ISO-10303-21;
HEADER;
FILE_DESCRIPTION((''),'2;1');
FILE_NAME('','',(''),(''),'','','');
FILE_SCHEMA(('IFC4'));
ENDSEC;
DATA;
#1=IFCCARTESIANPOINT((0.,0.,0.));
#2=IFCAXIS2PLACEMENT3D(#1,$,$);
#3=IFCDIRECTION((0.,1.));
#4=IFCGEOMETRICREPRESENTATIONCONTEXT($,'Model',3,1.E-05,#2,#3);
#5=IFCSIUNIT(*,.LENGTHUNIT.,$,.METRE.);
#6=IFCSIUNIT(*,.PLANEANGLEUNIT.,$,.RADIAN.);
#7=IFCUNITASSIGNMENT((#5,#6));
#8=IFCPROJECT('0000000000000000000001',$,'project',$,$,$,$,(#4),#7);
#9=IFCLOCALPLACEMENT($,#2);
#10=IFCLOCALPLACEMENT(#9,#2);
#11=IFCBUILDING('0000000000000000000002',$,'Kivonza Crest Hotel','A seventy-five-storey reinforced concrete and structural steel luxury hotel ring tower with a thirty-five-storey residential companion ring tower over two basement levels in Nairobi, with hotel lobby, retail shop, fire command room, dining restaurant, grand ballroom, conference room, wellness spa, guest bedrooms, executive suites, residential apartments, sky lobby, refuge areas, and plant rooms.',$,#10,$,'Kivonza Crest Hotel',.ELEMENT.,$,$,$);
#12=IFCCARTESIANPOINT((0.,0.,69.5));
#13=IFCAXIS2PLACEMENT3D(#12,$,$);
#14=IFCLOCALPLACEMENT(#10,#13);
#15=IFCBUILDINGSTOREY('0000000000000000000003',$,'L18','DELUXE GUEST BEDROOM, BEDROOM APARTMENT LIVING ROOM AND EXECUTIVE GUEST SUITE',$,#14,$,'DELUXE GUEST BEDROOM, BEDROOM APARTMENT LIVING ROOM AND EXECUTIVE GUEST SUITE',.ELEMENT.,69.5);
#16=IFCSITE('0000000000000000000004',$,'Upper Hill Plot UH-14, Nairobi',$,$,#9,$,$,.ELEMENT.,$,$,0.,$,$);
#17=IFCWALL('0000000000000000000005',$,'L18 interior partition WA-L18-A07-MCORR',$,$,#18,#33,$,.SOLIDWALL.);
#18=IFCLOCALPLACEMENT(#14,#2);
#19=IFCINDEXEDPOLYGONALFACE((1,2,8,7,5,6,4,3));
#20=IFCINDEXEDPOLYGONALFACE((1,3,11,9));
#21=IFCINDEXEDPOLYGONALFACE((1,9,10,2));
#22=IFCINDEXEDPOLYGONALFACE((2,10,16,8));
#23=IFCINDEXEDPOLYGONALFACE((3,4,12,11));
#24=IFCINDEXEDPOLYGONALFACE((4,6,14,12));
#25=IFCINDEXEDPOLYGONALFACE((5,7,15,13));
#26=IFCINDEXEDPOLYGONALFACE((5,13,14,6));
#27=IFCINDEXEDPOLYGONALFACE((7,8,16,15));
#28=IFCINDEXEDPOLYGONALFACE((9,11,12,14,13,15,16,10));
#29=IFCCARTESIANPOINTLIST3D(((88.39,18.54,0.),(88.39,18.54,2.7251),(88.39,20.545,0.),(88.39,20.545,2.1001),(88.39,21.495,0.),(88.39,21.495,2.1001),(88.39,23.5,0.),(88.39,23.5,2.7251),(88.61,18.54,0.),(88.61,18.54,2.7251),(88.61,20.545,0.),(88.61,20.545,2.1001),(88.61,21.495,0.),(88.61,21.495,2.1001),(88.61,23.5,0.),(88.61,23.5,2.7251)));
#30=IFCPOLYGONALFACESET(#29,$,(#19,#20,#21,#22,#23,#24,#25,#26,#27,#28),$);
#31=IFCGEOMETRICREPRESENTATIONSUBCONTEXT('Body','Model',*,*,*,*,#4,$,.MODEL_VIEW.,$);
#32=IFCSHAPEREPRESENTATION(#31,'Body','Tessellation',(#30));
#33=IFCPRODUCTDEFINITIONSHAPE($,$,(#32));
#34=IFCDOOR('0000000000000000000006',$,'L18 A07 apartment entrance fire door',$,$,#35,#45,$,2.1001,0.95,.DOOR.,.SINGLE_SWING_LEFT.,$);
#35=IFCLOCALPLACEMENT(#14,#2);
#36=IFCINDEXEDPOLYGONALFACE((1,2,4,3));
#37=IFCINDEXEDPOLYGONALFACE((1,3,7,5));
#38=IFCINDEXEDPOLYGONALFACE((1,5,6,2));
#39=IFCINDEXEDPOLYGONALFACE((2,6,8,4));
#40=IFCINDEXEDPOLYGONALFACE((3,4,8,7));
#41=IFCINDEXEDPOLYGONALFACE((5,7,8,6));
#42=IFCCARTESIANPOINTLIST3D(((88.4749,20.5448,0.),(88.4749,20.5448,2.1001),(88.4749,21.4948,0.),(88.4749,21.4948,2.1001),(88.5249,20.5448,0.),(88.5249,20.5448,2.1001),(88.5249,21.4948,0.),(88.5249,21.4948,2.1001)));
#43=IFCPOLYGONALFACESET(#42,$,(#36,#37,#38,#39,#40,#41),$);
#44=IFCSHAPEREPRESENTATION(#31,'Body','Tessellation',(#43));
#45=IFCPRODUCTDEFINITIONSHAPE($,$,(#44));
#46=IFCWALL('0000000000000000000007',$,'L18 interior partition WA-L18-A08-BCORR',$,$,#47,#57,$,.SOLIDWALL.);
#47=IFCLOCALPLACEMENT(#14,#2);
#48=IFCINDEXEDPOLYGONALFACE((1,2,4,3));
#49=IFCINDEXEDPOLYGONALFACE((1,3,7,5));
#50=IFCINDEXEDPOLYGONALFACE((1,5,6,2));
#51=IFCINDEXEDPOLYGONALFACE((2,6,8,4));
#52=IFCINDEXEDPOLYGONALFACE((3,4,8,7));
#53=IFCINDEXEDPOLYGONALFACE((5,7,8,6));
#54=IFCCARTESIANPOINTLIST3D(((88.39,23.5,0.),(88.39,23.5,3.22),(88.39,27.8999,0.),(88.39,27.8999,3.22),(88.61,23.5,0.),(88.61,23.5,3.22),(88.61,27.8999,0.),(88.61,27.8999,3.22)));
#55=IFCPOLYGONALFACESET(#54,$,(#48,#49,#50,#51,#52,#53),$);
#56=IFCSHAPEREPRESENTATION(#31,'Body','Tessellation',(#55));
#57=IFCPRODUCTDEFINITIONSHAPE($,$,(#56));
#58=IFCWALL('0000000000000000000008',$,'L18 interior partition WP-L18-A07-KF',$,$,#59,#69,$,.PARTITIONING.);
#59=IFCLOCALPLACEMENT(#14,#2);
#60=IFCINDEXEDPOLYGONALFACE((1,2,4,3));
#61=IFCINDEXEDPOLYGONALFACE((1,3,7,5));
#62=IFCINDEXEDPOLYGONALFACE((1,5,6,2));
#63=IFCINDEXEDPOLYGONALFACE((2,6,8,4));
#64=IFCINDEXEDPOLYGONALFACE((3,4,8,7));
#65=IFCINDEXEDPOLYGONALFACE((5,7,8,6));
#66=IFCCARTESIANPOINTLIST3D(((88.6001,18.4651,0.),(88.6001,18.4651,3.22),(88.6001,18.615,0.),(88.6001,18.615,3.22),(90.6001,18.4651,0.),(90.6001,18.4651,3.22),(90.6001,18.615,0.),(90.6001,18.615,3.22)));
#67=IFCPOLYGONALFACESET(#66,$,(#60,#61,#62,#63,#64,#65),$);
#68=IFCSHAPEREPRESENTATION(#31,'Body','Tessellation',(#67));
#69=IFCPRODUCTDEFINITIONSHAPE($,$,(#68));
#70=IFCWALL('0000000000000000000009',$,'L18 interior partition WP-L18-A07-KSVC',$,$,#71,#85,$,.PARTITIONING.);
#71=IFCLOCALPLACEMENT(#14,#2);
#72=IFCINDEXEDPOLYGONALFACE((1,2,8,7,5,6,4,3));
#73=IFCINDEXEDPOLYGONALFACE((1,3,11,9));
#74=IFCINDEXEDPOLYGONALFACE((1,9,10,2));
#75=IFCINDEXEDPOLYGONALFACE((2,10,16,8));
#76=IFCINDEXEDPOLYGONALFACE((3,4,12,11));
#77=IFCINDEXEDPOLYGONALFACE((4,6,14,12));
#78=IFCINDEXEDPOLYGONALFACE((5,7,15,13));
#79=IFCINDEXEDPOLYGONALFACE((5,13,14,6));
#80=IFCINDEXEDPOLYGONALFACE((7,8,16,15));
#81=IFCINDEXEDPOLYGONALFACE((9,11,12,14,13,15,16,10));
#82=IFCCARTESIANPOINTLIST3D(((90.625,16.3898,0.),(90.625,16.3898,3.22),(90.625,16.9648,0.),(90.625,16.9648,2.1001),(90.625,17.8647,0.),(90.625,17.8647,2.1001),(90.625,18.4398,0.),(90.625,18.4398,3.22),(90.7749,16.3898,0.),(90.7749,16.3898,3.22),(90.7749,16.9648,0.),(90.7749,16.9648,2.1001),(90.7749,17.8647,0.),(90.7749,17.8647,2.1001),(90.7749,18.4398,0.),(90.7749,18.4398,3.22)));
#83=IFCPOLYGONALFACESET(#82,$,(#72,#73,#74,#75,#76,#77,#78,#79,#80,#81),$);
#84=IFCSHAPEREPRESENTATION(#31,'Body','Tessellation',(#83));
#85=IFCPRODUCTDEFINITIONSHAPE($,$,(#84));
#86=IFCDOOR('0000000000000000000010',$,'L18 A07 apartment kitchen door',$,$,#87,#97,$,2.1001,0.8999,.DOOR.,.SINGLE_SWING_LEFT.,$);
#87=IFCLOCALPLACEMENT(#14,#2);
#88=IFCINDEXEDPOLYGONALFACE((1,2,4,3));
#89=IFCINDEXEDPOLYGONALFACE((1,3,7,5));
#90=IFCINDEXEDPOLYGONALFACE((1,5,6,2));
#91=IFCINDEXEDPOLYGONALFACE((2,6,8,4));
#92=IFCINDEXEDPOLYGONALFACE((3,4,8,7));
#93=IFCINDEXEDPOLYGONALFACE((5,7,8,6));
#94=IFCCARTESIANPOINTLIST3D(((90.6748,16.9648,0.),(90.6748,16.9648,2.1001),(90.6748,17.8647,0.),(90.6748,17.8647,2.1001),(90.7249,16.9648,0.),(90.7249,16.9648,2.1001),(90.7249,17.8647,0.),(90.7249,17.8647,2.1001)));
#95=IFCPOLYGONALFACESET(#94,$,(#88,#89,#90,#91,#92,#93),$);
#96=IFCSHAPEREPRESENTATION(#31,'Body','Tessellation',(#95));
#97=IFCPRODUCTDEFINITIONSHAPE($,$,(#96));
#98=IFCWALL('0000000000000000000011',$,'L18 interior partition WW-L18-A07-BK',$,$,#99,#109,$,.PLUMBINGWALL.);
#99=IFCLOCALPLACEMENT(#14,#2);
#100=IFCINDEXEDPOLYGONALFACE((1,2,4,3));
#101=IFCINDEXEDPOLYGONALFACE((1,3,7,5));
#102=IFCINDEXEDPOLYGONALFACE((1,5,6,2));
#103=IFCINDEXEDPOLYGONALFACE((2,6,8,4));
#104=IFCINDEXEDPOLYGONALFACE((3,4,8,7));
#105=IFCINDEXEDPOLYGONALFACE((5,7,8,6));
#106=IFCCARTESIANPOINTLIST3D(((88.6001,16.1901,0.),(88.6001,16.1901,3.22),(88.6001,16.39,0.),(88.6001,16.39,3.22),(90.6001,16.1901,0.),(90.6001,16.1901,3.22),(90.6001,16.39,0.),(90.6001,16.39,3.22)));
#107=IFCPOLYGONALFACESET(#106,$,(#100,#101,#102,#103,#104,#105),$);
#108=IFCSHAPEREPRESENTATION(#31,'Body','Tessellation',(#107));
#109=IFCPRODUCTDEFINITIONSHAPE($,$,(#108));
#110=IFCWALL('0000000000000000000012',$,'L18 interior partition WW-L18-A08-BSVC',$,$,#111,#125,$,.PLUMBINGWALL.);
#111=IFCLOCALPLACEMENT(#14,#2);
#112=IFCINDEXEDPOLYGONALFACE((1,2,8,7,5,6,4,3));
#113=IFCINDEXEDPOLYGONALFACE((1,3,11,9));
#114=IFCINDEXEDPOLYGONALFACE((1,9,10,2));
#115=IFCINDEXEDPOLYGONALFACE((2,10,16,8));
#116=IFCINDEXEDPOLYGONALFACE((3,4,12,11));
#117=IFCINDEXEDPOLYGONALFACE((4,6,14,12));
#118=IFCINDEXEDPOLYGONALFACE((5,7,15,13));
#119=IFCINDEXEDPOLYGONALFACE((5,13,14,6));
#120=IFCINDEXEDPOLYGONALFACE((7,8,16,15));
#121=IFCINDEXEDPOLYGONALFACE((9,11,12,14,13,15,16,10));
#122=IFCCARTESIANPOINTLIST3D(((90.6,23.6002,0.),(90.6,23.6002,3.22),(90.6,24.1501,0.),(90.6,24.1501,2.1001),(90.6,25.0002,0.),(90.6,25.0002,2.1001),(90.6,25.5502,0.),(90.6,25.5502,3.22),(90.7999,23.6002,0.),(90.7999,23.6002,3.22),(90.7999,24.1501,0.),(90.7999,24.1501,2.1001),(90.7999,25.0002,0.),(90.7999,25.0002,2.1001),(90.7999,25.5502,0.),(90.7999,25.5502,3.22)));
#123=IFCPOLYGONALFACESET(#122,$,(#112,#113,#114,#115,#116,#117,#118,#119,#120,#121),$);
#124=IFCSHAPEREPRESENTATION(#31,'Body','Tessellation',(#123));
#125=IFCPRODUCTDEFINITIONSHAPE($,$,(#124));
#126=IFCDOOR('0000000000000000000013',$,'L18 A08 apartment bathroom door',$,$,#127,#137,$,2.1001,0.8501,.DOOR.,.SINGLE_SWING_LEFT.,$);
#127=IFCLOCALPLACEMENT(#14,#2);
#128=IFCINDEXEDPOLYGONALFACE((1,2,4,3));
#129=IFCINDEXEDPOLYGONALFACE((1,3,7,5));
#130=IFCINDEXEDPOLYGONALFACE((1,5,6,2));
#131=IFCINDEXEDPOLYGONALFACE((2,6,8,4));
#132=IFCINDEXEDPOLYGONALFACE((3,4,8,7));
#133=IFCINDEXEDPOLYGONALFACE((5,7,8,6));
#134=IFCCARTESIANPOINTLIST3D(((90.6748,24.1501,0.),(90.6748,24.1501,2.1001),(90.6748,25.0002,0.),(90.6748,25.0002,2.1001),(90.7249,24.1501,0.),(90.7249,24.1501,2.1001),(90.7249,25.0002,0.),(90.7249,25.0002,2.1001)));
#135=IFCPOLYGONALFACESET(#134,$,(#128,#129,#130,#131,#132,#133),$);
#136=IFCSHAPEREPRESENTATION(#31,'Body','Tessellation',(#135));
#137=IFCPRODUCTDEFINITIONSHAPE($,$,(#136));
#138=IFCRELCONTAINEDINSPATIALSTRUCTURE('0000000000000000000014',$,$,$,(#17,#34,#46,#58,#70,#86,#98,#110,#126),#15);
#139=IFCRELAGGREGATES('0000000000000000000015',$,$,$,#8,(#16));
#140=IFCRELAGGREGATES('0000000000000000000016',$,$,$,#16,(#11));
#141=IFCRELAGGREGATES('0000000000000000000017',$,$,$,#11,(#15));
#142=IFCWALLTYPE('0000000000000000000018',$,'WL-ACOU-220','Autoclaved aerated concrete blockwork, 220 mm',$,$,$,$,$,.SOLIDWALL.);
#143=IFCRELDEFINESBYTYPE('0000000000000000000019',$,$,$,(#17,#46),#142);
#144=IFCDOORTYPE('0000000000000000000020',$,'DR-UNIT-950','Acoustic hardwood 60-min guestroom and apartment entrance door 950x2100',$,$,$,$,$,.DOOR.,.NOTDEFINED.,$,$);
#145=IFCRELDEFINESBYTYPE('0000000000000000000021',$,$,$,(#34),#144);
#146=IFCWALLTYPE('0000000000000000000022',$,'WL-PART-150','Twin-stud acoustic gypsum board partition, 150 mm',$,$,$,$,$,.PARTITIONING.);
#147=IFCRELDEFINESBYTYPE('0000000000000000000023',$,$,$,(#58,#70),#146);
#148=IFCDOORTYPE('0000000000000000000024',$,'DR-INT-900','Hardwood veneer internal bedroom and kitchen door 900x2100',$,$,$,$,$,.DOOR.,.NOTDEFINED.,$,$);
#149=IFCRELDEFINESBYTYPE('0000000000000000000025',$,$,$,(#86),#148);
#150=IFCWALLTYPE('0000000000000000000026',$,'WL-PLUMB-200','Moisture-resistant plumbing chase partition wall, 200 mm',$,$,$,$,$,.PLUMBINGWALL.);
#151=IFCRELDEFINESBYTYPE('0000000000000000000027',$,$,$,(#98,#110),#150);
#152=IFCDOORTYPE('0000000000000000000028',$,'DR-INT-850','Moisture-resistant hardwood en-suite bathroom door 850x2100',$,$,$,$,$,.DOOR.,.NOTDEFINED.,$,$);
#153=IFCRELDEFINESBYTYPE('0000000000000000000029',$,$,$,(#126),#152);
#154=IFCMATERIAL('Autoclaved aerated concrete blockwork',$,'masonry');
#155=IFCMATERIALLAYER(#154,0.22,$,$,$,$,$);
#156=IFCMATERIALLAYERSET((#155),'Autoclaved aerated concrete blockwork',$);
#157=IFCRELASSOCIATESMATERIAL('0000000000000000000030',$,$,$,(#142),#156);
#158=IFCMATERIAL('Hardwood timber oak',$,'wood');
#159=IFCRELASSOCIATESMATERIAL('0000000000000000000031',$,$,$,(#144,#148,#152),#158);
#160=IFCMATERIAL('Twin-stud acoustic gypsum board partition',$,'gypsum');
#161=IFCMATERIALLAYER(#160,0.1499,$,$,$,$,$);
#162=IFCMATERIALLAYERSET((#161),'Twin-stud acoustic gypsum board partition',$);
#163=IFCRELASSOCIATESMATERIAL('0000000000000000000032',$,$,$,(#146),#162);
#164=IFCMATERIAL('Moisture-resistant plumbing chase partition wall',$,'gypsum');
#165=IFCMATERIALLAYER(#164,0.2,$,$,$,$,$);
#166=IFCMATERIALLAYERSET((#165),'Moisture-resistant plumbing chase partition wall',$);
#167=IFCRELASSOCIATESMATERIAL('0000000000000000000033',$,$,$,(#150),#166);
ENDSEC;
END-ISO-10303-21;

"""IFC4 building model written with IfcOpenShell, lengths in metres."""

from ifc_helpers import new_model, si_unit, direction, frame, frame_2d, origin, place, context, subcontext, project, spatial, rectangle, extrude, material, layer, layer_set, type_object, element, fill, save


model = new_model("IFC4")

# Units and contexts
model_context = context("Model", 3, precision=1e-05, world=origin(), true_north=direction((0.0, 1.0)))
body_context = subcontext(model_context, "Body", "Model", "MODEL_VIEW")
ifc_project = project(units=[si_unit("LENGTHUNIT", "METRE"), si_unit("PLANEANGLEUNIT", "RADIAN")], contexts=[model_context])

# Site, building, storey
site_placement = place(None, origin())
site = spatial("IfcSite", under=ifc_project, at=site_placement, Name="Upper Hill Plot UH-14, Nairobi", CompositionType="ELEMENT", RefElevation=0.0)
building_placement = place(site_placement, origin())
building = spatial("IfcBuilding", under=site, at=building_placement, Name="Kivonza Crest Hotel", Description="A seventy-five-storey reinforced concrete and structural steel luxury hotel ring tower with a thirty-five-storey residential companion ring tower over two basement levels in Nairobi, with hotel lobby, retail shop, fire command room, dining restaurant, grand ballroom, conference room, wellness spa, guest bedrooms, executive suites, residential apartments, sky lobby, refuge areas, and plant rooms.", LongName="Kivonza Crest Hotel", CompositionType="ELEMENT")
storey_placement = place(building_placement, frame((0.0, 0.0, 69.5)))
storey = spatial("IfcBuildingStorey", under=building, at=storey_placement, Name="L18", Description="DELUXE GUEST BEDROOM, BEDROOM APARTMENT LIVING ROOM AND EXECUTIVE GUEST SUITE", LongName="DELUXE GUEST BEDROOM, BEDROOM APARTMENT LIVING ROOM AND EXECUTIVE GUEST SUITE", CompositionType="ELEMENT", Elevation=69.5)

# Wall, opening, door
ifc_material_1 = material(Name="Autoclaved aerated concrete blockwork", Category="masonry")
ifc_layer_1 = layer(ifc_material_1, 0.22)
ifc_layer_set_1 = layer_set([ifc_layer_1], Name="Autoclaved aerated concrete blockwork")
wall_type_1 = type_object("IfcWallType", Name="WL-ACOU-220", Description="Autoclaved aerated concrete blockwork, 220 mm", PredefinedType="SOLIDWALL", material=ifc_layer_set_1)
wall_1_placement = place(storey_placement, frame((88.5, 18.54, 0.0), z_axis=(0.0, 0.0, 1.0), x_axis=(0.0, 1.0, 0.0)))
wall_1 = element("IfcWall", 1, at=wall_1_placement, inside=storey, type_object=wall_type_1, Name="L18 interior partition WA-L18-A07-MCORR", PredefinedType="SOLIDWALL", context=body_context, shape_type="SweptSolid", body=[
    extrude(rectangle(XDim=4.96, YDim=0.22, at=frame_2d((2.48, 0.0))), origin(), (0.0, 0.0, 1.0), 2.7251),
])
opening_1_placement = place(wall_1_placement, frame((2.0049, 0.0, 0.0)))
opening_1 = element("IfcOpeningElement", 2, at=opening_1_placement, cuts=wall_1, PredefinedType="OPENING", context=body_context, shape_type="SweptSolid", body=[
    extrude(rectangle(XDim=0.95, YDim=2.1001, at=frame_2d((0.4751, 1.05))), frame((0.0, 0.1201, 0.0), z_axis=(0.0, -1.0, 0.0), x_axis=(1.0, 0.0, 0.0)), (0.0, 0.0, 1.0), 0.24),
])
ifc_material_2 = material(Name="Hardwood timber oak", Category="wood")
door_type_1 = type_object("IfcDoorType", Name="DR-UNIT-950", Description="Acoustic hardwood 60-min guestroom and apartment entrance door 950x2100", OperationType="NOTDEFINED", PredefinedType="DOOR", material=ifc_material_2)
door_1_placement = place(opening_1_placement, frame((0.95, 0.0, 0.0), z_axis=(0.0, 0.0, 1.0), x_axis=(-1.0, 0.0, 0.0)))
door_1 = element("IfcDoor", 3, at=door_1_placement, inside=storey, type_object=door_type_1, Name="L18 A07 apartment entrance fire door", OperationType="SINGLE_SWING_LEFT", OverallHeight=2.1001, OverallWidth=0.95, PredefinedType="DOOR", context=body_context, shape_type="SweptSolid", body=[
    extrude(rectangle(XDim=0.95, YDim=2.1001, at=frame_2d((0.4751, 1.05))), frame((0.0, 0.0249, 0.0), z_axis=(0.0, -1.0, 0.0), x_axis=(1.0, 0.0, 0.0)), (0.0, 0.0, 1.0), 0.05),
])
fill(opening_1, door_1)

# Walls
wall_2_placement = place(storey_placement, frame((88.5, 23.5, 0.0), z_axis=(0.0, 0.0, 1.0), x_axis=(0.0, 1.0, 0.0)))
element("IfcWall", 4, at=wall_2_placement, inside=storey, type_object=wall_type_1, Name="L18 interior partition WA-L18-A08-BCORR", PredefinedType="SOLIDWALL", context=body_context, shape_type="SweptSolid", body=[
    extrude(rectangle(XDim=4.3999, YDim=0.22, at=frame_2d((2.2, 0.0))), origin(), (0.0, 0.0, 1.0), 3.22),
])
ifc_material_3 = material(Name="Twin-stud acoustic gypsum board partition", Category="gypsum")
ifc_layer_2 = layer(ifc_material_3, 0.1499)
ifc_layer_set_2 = layer_set([ifc_layer_2], Name="Twin-stud acoustic gypsum board partition")
wall_type_2 = type_object("IfcWallType", Name="WL-PART-150", Description="Twin-stud acoustic gypsum board partition, 150 mm", PredefinedType="PARTITIONING", material=ifc_layer_set_2)
wall_3_placement = place(storey_placement, frame((88.6001, 18.54, 0.0), z_axis=(0.0, 0.0, 1.0), x_axis=(1.0, 0.0, 0.0)))
element("IfcWall", 5, at=wall_3_placement, inside=storey, type_object=wall_type_2, Name="L18 interior partition WP-L18-A07-KF", PredefinedType="PARTITIONING", context=body_context, shape_type="SweptSolid", body=[
    extrude(rectangle(XDim=2.0, YDim=0.1499, at=frame_2d((1.0, 0.0))), origin(), (0.0, 0.0, 1.0), 3.22),
])

# Wall, opening, door
wall_4_placement = place(storey_placement, frame((90.7, 16.3899, 0.0), z_axis=(0.0, 0.0, 1.0), x_axis=(0.0, 1.0, 0.0)))
wall_4 = element("IfcWall", 6, at=wall_4_placement, inside=storey, type_object=wall_type_2, Name="L18 interior partition WP-L18-A07-KSVC", PredefinedType="PARTITIONING", context=body_context, shape_type="SweptSolid", body=[
    extrude(rectangle(XDim=2.05, YDim=0.1499, at=frame_2d((1.0249, 0.0))), origin(), (0.0, 0.0, 1.0), 3.22),
])
opening_2_placement = place(wall_4_placement, frame((0.575, 0.0, 0.0)))
opening_2 = element("IfcOpeningElement", 7, at=opening_2_placement, cuts=wall_4, PredefinedType="OPENING", context=body_context, shape_type="SweptSolid", body=[
    extrude(rectangle(XDim=0.8999, YDim=2.1001, at=frame_2d((0.45, 1.05))), frame((0.0, 0.085, 0.0), z_axis=(0.0, -1.0, 0.0), x_axis=(1.0, 0.0, 0.0)), (0.0, 0.0, 1.0), 0.1699),
])
door_type_2 = type_object("IfcDoorType", Name="DR-INT-900", Description="Hardwood veneer internal bedroom and kitchen door 900x2100", OperationType="NOTDEFINED", PredefinedType="DOOR", material=ifc_material_2)
door_2_placement = place(opening_2_placement, frame((0.8999, 0.0, 0.0), z_axis=(0.0, 0.0, 1.0), x_axis=(-1.0, 0.0, 0.0)))
door_2 = element("IfcDoor", 8, at=door_2_placement, inside=storey, type_object=door_type_2, Name="L18 A07 apartment kitchen door", OperationType="SINGLE_SWING_LEFT", OverallHeight=2.1001, OverallWidth=0.8999, PredefinedType="DOOR", context=body_context, shape_type="SweptSolid", body=[
    extrude(rectangle(XDim=0.8999, YDim=2.1001, at=frame_2d((0.45, 1.05))), frame((0.0, 0.0249, 0.0), z_axis=(0.0, -1.0, 0.0), x_axis=(1.0, 0.0, 0.0)), (0.0, 0.0, 1.0), 0.05),
])
fill(opening_2, door_2)

# Wall
ifc_material_4 = material(Name="Moisture-resistant plumbing chase partition wall", Category="gypsum")
ifc_layer_3 = layer(ifc_material_4, 0.2)
ifc_layer_set_3 = layer_set([ifc_layer_3], Name="Moisture-resistant plumbing chase partition wall")
wall_type_3 = type_object("IfcWallType", Name="WL-PLUMB-200", Description="Moisture-resistant plumbing chase partition wall, 200 mm", PredefinedType="PLUMBINGWALL", material=ifc_layer_set_3)
wall_5_placement = place(storey_placement, frame((88.6001, 16.29, 0.0), z_axis=(0.0, 0.0, 1.0), x_axis=(1.0, 0.0, 0.0)))
element("IfcWall", 9, at=wall_5_placement, inside=storey, type_object=wall_type_3, Name="L18 interior partition WW-L18-A07-BK", PredefinedType="PLUMBINGWALL", context=body_context, shape_type="SweptSolid", body=[
    extrude(rectangle(XDim=2.0, YDim=0.2, at=frame_2d((1.0, 0.0))), origin(), (0.0, 0.0, 1.0), 3.22),
])

# Wall, opening, door
wall_6_placement = place(storey_placement, frame((90.7, 23.6001, 0.0), z_axis=(0.0, 0.0, 1.0), x_axis=(0.0, 1.0, 0.0)))
wall_6 = element("IfcWall", 10, at=wall_6_placement, inside=storey, type_object=wall_type_3, Name="L18 interior partition WW-L18-A08-BSVC", PredefinedType="PLUMBINGWALL", context=body_context, shape_type="SweptSolid", body=[
    extrude(rectangle(XDim=1.95, YDim=0.2, at=frame_2d((0.9751, 0.0))), origin(), (0.0, 0.0, 1.0), 3.22),
])
opening_3_placement = place(wall_6_placement, frame((0.55, 0.0, 0.0)))
opening_3 = element("IfcOpeningElement", 11, at=opening_3_placement, cuts=wall_6, PredefinedType="OPENING", context=body_context, shape_type="SweptSolid", body=[
    extrude(rectangle(XDim=0.8501, YDim=2.1001, at=frame_2d((0.425, 1.05))), frame((0.0, 0.1099, 0.0), z_axis=(0.0, -1.0, 0.0), x_axis=(1.0, 0.0, 0.0)), (0.0, 0.0, 1.0), 0.22),
])
door_type_3 = type_object("IfcDoorType", Name="DR-INT-850", Description="Moisture-resistant hardwood en-suite bathroom door 850x2100", OperationType="NOTDEFINED", PredefinedType="DOOR", material=ifc_material_2)
door_3_placement = place(opening_3_placement, frame((0.8501, 0.0, 0.0), z_axis=(0.0, 0.0, 1.0), x_axis=(-1.0, 0.0, 0.0)))
door_3 = element("IfcDoor", 12, at=door_3_placement, inside=storey, type_object=door_type_3, Name="L18 A08 apartment bathroom door", OperationType="SINGLE_SWING_LEFT", OverallHeight=2.1001, OverallWidth=0.8501, PredefinedType="DOOR", context=body_context, shape_type="SweptSolid", body=[
    extrude(rectangle(XDim=0.8501, YDim=2.1001, at=frame_2d((0.425, 1.05))), frame((0.0, 0.0249, 0.0), z_axis=(0.0, -1.0, 0.0), x_axis=(1.0, 0.0, 0.0)), (0.0, 0.0, 1.0), 0.05),
])
fill(opening_3, door_3)

save(model, "model.ifc")
